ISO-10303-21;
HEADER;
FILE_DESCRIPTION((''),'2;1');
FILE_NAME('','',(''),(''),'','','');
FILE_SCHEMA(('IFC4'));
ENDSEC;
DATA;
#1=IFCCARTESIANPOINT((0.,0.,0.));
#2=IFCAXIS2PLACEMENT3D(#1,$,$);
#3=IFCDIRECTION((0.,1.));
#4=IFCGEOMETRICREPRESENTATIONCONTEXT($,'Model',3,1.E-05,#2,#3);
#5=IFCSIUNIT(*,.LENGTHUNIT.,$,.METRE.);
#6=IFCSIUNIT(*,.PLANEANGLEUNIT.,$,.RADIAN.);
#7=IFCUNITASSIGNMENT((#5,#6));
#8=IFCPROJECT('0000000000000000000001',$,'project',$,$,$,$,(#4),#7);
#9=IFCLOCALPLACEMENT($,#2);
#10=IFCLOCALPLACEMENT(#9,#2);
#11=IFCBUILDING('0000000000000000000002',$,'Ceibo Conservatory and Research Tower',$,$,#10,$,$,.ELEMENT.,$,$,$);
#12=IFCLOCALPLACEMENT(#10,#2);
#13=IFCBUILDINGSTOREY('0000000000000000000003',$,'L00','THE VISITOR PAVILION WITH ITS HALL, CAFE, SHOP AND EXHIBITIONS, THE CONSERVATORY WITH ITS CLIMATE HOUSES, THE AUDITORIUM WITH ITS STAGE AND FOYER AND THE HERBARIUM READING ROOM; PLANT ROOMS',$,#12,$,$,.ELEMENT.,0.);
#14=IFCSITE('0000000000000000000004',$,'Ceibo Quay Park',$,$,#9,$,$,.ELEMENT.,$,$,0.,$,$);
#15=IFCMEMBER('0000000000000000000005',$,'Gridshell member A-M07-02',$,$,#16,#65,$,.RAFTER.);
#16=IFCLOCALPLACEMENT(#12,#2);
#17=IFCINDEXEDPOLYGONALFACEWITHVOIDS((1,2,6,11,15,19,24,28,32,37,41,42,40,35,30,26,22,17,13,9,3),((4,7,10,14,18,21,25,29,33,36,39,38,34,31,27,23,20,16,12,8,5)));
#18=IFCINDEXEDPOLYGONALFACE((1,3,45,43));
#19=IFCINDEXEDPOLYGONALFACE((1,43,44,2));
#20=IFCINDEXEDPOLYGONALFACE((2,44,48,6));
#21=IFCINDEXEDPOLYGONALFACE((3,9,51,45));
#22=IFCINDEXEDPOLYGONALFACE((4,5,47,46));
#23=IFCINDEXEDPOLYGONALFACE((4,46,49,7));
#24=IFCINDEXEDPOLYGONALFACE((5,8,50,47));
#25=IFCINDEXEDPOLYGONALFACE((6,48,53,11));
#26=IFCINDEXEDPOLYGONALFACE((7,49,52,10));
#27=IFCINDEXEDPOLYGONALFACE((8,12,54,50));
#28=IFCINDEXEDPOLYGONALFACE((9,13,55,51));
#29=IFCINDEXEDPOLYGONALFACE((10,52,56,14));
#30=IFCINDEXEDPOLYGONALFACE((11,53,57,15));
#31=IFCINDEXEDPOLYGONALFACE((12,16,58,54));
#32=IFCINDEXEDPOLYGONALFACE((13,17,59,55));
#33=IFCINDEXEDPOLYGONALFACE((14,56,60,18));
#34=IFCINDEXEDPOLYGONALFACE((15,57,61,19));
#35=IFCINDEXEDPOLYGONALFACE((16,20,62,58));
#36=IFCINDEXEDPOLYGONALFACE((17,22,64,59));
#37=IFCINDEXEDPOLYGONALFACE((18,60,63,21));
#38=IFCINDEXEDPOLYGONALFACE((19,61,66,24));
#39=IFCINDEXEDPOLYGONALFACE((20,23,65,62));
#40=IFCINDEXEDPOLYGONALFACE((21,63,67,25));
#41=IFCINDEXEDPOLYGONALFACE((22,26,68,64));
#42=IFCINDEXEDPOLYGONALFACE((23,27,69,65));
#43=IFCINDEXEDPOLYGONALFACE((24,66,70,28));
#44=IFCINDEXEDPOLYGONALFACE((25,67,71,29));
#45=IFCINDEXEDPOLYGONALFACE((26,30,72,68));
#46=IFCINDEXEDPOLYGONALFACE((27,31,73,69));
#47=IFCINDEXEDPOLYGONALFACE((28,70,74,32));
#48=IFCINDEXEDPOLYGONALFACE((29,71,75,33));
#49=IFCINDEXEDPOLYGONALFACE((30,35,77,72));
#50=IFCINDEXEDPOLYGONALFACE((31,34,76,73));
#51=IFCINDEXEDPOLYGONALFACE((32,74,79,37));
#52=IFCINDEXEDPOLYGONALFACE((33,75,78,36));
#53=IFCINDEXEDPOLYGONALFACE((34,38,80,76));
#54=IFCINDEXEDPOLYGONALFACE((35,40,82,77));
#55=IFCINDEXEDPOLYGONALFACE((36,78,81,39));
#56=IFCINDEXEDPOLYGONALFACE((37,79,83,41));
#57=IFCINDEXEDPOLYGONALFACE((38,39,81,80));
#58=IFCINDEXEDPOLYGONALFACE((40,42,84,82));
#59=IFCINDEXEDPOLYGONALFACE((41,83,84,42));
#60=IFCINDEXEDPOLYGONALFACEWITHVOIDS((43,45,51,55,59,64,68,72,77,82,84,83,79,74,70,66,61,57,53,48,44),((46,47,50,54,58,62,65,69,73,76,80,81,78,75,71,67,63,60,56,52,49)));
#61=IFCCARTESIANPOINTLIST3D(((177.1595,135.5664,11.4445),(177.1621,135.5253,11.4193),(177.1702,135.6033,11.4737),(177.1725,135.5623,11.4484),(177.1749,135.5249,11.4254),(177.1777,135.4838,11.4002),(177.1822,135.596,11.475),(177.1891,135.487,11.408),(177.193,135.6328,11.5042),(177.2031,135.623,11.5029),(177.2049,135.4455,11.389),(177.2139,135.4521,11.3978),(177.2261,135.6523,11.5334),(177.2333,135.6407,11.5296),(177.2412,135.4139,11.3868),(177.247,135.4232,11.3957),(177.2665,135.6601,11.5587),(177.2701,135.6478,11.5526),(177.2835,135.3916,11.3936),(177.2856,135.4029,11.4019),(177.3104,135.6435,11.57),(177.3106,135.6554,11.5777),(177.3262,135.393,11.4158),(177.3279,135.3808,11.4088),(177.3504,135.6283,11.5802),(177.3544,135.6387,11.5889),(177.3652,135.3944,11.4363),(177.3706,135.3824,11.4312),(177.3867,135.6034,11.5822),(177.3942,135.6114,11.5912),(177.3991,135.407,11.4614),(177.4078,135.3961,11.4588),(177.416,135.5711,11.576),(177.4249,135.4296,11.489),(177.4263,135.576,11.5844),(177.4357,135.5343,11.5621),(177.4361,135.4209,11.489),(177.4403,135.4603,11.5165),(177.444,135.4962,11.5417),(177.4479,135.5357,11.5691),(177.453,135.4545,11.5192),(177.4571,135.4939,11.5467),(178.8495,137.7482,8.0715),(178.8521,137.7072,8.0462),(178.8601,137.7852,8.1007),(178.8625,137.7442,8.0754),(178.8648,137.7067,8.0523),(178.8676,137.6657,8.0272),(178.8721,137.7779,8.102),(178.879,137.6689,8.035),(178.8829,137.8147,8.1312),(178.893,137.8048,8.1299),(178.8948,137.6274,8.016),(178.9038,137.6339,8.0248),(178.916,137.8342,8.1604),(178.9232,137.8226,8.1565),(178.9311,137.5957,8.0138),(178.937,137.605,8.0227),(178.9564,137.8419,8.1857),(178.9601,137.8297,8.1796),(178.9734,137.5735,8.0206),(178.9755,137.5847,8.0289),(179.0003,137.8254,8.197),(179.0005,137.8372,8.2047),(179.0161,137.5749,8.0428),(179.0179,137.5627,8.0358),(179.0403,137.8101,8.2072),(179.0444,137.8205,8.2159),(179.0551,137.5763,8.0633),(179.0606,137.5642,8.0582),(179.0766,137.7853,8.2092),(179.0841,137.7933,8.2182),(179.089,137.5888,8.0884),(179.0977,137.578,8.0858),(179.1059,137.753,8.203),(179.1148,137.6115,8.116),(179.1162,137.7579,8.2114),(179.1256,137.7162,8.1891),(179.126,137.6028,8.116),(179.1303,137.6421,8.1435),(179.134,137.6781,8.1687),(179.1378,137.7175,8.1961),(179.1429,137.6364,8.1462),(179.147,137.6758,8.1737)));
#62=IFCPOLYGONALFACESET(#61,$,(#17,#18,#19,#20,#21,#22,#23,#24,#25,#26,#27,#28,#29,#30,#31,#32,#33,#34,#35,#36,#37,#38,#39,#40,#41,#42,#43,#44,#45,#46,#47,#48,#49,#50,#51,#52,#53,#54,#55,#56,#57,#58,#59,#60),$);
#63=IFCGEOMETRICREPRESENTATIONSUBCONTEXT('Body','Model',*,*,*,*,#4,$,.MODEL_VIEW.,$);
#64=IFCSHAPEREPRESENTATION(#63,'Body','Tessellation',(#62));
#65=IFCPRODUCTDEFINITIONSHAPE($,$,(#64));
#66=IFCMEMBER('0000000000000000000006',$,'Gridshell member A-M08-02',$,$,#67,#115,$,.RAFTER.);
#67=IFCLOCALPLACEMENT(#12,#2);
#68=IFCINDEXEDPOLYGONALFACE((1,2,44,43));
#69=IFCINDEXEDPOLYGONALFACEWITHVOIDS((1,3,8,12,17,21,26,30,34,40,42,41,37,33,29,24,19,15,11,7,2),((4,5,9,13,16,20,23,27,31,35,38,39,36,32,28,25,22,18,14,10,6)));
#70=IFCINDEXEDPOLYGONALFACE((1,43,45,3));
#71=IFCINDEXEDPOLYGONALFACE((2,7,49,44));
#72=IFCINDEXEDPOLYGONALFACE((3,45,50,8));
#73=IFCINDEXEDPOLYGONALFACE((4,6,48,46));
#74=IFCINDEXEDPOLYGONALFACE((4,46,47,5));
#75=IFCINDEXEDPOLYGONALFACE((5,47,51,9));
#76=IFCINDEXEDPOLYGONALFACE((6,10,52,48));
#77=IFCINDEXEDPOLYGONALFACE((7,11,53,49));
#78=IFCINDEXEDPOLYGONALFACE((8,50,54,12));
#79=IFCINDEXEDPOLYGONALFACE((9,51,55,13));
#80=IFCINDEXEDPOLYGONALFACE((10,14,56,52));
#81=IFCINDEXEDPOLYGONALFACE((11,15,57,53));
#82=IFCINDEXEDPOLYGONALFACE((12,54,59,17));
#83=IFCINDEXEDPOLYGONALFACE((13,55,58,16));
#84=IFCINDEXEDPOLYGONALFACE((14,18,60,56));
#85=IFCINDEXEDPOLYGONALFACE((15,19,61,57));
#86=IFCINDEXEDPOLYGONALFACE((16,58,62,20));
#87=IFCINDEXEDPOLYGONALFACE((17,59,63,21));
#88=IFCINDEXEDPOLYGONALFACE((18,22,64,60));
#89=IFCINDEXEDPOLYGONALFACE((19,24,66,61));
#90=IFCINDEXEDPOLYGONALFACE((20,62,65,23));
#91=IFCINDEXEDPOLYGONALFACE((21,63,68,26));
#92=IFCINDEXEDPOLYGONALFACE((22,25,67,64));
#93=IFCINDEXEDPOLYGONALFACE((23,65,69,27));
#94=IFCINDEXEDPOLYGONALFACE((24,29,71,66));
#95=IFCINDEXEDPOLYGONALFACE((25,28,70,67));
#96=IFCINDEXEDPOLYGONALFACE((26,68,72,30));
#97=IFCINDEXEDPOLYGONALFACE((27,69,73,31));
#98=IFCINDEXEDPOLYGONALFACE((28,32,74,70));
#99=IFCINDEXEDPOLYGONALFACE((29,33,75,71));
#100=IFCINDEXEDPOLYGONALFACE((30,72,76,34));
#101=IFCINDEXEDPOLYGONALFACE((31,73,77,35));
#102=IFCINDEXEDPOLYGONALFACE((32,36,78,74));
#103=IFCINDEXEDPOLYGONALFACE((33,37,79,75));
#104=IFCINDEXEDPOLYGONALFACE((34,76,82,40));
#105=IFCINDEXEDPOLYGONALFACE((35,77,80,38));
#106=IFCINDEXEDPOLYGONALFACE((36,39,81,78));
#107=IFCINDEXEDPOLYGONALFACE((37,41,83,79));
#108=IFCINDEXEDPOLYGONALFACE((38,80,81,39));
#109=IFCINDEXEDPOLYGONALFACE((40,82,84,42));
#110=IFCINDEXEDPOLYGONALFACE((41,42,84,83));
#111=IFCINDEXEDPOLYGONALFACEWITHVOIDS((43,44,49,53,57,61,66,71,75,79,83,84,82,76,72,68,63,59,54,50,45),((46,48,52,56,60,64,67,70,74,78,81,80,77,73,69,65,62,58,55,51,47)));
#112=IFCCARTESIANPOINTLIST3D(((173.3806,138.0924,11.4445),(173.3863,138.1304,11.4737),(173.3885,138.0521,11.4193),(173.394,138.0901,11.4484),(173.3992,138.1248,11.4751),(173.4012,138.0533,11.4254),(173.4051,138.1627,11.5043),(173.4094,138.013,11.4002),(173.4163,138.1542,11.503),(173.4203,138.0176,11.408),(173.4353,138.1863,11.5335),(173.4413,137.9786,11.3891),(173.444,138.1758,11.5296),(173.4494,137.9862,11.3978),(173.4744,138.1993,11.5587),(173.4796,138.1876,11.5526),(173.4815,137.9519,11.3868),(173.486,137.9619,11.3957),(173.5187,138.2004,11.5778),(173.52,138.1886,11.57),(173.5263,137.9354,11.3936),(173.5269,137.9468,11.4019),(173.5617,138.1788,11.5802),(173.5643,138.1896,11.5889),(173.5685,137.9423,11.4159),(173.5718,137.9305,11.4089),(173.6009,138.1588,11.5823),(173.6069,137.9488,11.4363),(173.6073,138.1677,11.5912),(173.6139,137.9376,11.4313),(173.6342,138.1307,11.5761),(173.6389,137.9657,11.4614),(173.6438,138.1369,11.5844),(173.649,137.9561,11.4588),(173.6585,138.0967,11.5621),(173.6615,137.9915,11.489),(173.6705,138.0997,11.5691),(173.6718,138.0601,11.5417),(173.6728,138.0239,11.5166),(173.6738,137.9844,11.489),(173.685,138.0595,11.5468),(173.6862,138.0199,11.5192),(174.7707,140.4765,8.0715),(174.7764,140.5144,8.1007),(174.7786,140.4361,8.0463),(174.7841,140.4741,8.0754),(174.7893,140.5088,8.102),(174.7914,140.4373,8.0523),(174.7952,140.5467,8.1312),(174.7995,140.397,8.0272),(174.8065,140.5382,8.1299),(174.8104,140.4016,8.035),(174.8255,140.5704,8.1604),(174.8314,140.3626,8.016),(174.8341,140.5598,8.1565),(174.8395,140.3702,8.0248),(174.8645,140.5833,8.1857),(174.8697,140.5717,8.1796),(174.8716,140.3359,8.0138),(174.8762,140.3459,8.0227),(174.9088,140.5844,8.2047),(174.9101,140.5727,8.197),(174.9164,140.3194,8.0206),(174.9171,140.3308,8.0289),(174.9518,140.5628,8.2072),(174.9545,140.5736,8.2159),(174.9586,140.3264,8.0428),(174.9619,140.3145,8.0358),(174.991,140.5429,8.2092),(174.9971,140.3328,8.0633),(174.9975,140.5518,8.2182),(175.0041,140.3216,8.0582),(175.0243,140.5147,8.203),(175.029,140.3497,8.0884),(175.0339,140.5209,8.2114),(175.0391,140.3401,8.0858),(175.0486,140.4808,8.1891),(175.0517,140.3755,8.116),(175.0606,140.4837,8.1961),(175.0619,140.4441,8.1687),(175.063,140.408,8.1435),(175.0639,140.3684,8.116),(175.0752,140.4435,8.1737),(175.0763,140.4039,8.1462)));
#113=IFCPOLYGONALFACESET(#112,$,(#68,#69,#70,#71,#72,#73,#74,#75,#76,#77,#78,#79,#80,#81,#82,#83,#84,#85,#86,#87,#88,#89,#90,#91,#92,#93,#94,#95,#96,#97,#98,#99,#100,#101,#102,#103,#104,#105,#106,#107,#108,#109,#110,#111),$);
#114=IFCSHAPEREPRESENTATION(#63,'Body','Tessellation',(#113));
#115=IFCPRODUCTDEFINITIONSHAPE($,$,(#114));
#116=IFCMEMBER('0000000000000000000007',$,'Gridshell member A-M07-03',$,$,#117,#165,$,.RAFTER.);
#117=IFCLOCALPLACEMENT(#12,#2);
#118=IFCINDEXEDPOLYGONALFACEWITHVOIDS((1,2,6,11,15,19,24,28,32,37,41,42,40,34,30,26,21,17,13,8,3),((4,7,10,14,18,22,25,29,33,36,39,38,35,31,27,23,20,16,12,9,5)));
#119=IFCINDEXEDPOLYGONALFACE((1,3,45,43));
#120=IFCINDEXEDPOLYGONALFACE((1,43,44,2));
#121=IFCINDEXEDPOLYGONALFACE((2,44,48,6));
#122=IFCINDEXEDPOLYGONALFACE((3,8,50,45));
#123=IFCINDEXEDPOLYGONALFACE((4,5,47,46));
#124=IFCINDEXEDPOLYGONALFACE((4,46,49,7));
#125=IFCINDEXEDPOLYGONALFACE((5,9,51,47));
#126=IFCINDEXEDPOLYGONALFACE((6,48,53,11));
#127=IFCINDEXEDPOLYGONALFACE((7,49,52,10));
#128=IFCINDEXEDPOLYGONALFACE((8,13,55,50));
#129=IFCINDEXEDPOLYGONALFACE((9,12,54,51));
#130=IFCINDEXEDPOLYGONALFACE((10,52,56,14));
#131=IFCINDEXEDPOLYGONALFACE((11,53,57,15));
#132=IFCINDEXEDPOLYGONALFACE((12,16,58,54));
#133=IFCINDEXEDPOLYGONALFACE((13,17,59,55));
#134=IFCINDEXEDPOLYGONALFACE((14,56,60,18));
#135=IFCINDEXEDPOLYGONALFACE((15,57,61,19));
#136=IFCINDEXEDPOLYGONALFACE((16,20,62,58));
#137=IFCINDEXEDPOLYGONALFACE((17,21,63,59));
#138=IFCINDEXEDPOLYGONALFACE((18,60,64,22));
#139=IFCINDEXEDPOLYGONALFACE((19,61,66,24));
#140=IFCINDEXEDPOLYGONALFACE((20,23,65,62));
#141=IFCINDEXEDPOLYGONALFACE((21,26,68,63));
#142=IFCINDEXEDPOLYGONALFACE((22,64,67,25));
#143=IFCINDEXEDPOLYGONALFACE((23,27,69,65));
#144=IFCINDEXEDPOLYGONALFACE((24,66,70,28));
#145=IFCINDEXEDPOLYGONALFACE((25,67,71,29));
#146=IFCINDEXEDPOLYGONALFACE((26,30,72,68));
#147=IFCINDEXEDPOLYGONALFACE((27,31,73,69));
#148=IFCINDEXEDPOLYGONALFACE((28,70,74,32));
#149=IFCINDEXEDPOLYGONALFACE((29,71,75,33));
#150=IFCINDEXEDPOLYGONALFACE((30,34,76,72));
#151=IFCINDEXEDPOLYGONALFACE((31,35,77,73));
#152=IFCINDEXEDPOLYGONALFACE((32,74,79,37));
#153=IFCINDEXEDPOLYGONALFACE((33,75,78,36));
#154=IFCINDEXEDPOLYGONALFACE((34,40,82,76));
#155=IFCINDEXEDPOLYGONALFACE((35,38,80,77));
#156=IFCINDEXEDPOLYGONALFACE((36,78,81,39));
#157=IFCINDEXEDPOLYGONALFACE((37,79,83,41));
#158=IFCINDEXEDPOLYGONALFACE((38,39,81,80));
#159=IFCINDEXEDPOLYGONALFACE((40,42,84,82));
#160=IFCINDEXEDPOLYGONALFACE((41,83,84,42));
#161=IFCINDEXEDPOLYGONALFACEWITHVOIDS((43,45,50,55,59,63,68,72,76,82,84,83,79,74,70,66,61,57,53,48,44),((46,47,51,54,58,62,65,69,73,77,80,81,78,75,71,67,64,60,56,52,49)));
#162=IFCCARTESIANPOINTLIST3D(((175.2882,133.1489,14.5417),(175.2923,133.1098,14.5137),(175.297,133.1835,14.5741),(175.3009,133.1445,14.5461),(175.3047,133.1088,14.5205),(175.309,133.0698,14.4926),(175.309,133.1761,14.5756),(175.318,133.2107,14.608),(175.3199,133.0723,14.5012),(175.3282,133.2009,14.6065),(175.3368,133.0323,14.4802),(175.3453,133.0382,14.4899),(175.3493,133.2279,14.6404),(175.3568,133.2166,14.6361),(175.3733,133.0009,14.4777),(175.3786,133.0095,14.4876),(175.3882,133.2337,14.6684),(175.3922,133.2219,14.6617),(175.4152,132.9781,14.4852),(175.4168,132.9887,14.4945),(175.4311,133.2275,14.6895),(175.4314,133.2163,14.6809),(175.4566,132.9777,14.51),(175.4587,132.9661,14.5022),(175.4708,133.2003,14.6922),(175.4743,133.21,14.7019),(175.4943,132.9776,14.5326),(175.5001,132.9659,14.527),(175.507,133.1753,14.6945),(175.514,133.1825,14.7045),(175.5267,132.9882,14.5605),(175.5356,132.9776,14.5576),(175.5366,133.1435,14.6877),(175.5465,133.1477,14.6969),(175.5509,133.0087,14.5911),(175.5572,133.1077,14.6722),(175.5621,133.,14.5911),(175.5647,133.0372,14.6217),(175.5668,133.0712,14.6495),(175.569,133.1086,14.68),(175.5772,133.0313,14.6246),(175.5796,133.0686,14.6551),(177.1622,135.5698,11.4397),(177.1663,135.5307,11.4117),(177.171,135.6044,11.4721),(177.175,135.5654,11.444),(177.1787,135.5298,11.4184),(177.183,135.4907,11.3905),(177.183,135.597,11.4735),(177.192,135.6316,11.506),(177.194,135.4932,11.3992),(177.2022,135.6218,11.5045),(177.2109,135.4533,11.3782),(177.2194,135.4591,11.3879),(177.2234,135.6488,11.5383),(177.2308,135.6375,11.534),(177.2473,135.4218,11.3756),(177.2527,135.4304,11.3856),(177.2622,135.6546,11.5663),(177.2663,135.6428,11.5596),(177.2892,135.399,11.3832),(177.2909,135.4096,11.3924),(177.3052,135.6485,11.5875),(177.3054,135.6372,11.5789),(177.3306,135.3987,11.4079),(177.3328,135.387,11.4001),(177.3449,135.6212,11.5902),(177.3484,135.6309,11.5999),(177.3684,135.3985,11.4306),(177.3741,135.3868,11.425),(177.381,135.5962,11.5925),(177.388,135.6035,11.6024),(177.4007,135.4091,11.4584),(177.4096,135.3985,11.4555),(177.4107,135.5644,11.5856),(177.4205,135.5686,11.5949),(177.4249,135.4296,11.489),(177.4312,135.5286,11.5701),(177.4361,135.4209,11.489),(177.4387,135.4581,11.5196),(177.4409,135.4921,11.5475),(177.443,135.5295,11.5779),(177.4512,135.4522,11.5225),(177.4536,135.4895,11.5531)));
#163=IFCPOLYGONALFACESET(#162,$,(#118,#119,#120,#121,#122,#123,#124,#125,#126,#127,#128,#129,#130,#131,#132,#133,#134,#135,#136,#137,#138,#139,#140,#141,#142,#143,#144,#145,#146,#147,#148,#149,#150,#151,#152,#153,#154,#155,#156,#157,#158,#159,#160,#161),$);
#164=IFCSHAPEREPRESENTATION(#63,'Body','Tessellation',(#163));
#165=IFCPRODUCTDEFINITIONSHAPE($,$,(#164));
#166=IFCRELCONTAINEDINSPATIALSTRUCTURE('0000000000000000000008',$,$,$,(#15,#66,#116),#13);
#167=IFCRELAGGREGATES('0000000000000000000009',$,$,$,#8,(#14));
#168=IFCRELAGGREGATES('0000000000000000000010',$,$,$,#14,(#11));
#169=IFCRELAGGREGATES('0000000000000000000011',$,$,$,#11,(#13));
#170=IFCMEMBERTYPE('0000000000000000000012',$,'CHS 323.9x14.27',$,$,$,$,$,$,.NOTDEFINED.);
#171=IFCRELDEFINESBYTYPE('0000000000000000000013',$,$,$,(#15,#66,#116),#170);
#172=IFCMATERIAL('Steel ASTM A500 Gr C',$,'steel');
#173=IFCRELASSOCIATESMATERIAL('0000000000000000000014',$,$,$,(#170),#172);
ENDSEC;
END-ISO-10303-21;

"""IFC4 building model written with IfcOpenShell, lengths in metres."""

from ifc_helpers import new_model, si_unit, direction, frame, origin, origin_2d, place, context, subcontext, project, spatial, hollow_circle, extrude, material, material_profile, profile_set, type_object, element, save


model = new_model("IFC4")

# Units and contexts
model_context = context("Model", 3, precision=1e-05, world=origin(), true_north=direction((0.0, 1.0)))
body_context = subcontext(model_context, "Body", "Model", "MODEL_VIEW")
ifc_project = project(units=[si_unit("LENGTHUNIT", "METRE"), si_unit("PLANEANGLEUNIT", "RADIAN")], contexts=[model_context])

# Site, building, storey
site_placement = place(None, origin())
site = spatial("IfcSite", under=ifc_project, at=site_placement, Name="Ceibo Quay Park", CompositionType="ELEMENT", RefElevation=0.0)
building_placement = place(site_placement, origin())
building = spatial("IfcBuilding", under=site, at=building_placement, Name="Ceibo Conservatory and Research Tower", CompositionType="ELEMENT")
storey_placement = place(building_placement, origin())
storey = spatial("IfcBuildingStorey", under=building, at=storey_placement, Name="L00", Description="THE VISITOR PAVILION WITH ITS HALL, CAFE, SHOP AND EXHIBITIONS, THE CONSERVATORY WITH ITS CLIMATE HOUSES, THE AUDITORIUM WITH ITS STAGE AND FOYER AND THE HERBARIUM READING ROOM; PLANT ROOMS", CompositionType="ELEMENT", Elevation=0.0)

# Members
ifc_material_1 = material(Name="Steel ASTM A500 Gr C", Category="steel")
ifc_material_profile_1 = material_profile(ifc_material_1, hollow_circle(Radius=0.1619, WallThickness=0.0142, at=origin_2d()), Name="CHS 323.9x14.27")
ifc_profile_set_1 = profile_set([ifc_material_profile_1], Name="Steel ASTM A500 Gr C")
member_type_1 = type_object("IfcMemberType", Name="CHS 323.9x14.27", PredefinedType="NOTDEFINED", material=ifc_profile_set_1)
for number, where, z_axis, x_axis, name in (
    (1, (178.998, 137.7019, 8.116), (-0.387761, -0.500638, 0.773953), (0.790594, -0.612341, 0.0), "Gridshell member A-M07-02"),
    (2, (174.9241, 140.45, 8.116), (-0.318973, -0.547028, 0.773962), (0.863866, -0.503723, 0.0), "Gridshell member A-M08-02"),
):
    element("IfcMember", number, at=place(storey_placement, frame(where, z_axis=z_axis, x_axis=x_axis)), inside=storey, type_object=member_type_1, Name=name, PredefinedType="RAFTER", context=body_context, shape_type="SweptSolid", body=[
        extrude(hollow_circle(Radius=0.1619, WallThickness=0.0142, at=origin_2d()), origin(), (0.0, 0.0, 1.0), 4.3582),
    ])
member_1_placement = place(storey_placement, frame((177.3081, 135.52, 11.489), z_axis=(-0.429982, -0.555459, 0.711745), x_axis=(0.790759, -0.612128, 0.0)))
element("IfcMember", 3, at=member_1_placement, inside=storey, type_object=member_type_1, Name="Gridshell member A-M07-03", PredefinedType="RAFTER", context=body_context, shape_type="SweptSolid", body=[
    extrude(hollow_circle(Radius=0.1619, WallThickness=0.0142, at=origin_2d()), origin(), (0.0, 0.0, 1.0), 4.3584),
])

save(model, "model.ifc")
